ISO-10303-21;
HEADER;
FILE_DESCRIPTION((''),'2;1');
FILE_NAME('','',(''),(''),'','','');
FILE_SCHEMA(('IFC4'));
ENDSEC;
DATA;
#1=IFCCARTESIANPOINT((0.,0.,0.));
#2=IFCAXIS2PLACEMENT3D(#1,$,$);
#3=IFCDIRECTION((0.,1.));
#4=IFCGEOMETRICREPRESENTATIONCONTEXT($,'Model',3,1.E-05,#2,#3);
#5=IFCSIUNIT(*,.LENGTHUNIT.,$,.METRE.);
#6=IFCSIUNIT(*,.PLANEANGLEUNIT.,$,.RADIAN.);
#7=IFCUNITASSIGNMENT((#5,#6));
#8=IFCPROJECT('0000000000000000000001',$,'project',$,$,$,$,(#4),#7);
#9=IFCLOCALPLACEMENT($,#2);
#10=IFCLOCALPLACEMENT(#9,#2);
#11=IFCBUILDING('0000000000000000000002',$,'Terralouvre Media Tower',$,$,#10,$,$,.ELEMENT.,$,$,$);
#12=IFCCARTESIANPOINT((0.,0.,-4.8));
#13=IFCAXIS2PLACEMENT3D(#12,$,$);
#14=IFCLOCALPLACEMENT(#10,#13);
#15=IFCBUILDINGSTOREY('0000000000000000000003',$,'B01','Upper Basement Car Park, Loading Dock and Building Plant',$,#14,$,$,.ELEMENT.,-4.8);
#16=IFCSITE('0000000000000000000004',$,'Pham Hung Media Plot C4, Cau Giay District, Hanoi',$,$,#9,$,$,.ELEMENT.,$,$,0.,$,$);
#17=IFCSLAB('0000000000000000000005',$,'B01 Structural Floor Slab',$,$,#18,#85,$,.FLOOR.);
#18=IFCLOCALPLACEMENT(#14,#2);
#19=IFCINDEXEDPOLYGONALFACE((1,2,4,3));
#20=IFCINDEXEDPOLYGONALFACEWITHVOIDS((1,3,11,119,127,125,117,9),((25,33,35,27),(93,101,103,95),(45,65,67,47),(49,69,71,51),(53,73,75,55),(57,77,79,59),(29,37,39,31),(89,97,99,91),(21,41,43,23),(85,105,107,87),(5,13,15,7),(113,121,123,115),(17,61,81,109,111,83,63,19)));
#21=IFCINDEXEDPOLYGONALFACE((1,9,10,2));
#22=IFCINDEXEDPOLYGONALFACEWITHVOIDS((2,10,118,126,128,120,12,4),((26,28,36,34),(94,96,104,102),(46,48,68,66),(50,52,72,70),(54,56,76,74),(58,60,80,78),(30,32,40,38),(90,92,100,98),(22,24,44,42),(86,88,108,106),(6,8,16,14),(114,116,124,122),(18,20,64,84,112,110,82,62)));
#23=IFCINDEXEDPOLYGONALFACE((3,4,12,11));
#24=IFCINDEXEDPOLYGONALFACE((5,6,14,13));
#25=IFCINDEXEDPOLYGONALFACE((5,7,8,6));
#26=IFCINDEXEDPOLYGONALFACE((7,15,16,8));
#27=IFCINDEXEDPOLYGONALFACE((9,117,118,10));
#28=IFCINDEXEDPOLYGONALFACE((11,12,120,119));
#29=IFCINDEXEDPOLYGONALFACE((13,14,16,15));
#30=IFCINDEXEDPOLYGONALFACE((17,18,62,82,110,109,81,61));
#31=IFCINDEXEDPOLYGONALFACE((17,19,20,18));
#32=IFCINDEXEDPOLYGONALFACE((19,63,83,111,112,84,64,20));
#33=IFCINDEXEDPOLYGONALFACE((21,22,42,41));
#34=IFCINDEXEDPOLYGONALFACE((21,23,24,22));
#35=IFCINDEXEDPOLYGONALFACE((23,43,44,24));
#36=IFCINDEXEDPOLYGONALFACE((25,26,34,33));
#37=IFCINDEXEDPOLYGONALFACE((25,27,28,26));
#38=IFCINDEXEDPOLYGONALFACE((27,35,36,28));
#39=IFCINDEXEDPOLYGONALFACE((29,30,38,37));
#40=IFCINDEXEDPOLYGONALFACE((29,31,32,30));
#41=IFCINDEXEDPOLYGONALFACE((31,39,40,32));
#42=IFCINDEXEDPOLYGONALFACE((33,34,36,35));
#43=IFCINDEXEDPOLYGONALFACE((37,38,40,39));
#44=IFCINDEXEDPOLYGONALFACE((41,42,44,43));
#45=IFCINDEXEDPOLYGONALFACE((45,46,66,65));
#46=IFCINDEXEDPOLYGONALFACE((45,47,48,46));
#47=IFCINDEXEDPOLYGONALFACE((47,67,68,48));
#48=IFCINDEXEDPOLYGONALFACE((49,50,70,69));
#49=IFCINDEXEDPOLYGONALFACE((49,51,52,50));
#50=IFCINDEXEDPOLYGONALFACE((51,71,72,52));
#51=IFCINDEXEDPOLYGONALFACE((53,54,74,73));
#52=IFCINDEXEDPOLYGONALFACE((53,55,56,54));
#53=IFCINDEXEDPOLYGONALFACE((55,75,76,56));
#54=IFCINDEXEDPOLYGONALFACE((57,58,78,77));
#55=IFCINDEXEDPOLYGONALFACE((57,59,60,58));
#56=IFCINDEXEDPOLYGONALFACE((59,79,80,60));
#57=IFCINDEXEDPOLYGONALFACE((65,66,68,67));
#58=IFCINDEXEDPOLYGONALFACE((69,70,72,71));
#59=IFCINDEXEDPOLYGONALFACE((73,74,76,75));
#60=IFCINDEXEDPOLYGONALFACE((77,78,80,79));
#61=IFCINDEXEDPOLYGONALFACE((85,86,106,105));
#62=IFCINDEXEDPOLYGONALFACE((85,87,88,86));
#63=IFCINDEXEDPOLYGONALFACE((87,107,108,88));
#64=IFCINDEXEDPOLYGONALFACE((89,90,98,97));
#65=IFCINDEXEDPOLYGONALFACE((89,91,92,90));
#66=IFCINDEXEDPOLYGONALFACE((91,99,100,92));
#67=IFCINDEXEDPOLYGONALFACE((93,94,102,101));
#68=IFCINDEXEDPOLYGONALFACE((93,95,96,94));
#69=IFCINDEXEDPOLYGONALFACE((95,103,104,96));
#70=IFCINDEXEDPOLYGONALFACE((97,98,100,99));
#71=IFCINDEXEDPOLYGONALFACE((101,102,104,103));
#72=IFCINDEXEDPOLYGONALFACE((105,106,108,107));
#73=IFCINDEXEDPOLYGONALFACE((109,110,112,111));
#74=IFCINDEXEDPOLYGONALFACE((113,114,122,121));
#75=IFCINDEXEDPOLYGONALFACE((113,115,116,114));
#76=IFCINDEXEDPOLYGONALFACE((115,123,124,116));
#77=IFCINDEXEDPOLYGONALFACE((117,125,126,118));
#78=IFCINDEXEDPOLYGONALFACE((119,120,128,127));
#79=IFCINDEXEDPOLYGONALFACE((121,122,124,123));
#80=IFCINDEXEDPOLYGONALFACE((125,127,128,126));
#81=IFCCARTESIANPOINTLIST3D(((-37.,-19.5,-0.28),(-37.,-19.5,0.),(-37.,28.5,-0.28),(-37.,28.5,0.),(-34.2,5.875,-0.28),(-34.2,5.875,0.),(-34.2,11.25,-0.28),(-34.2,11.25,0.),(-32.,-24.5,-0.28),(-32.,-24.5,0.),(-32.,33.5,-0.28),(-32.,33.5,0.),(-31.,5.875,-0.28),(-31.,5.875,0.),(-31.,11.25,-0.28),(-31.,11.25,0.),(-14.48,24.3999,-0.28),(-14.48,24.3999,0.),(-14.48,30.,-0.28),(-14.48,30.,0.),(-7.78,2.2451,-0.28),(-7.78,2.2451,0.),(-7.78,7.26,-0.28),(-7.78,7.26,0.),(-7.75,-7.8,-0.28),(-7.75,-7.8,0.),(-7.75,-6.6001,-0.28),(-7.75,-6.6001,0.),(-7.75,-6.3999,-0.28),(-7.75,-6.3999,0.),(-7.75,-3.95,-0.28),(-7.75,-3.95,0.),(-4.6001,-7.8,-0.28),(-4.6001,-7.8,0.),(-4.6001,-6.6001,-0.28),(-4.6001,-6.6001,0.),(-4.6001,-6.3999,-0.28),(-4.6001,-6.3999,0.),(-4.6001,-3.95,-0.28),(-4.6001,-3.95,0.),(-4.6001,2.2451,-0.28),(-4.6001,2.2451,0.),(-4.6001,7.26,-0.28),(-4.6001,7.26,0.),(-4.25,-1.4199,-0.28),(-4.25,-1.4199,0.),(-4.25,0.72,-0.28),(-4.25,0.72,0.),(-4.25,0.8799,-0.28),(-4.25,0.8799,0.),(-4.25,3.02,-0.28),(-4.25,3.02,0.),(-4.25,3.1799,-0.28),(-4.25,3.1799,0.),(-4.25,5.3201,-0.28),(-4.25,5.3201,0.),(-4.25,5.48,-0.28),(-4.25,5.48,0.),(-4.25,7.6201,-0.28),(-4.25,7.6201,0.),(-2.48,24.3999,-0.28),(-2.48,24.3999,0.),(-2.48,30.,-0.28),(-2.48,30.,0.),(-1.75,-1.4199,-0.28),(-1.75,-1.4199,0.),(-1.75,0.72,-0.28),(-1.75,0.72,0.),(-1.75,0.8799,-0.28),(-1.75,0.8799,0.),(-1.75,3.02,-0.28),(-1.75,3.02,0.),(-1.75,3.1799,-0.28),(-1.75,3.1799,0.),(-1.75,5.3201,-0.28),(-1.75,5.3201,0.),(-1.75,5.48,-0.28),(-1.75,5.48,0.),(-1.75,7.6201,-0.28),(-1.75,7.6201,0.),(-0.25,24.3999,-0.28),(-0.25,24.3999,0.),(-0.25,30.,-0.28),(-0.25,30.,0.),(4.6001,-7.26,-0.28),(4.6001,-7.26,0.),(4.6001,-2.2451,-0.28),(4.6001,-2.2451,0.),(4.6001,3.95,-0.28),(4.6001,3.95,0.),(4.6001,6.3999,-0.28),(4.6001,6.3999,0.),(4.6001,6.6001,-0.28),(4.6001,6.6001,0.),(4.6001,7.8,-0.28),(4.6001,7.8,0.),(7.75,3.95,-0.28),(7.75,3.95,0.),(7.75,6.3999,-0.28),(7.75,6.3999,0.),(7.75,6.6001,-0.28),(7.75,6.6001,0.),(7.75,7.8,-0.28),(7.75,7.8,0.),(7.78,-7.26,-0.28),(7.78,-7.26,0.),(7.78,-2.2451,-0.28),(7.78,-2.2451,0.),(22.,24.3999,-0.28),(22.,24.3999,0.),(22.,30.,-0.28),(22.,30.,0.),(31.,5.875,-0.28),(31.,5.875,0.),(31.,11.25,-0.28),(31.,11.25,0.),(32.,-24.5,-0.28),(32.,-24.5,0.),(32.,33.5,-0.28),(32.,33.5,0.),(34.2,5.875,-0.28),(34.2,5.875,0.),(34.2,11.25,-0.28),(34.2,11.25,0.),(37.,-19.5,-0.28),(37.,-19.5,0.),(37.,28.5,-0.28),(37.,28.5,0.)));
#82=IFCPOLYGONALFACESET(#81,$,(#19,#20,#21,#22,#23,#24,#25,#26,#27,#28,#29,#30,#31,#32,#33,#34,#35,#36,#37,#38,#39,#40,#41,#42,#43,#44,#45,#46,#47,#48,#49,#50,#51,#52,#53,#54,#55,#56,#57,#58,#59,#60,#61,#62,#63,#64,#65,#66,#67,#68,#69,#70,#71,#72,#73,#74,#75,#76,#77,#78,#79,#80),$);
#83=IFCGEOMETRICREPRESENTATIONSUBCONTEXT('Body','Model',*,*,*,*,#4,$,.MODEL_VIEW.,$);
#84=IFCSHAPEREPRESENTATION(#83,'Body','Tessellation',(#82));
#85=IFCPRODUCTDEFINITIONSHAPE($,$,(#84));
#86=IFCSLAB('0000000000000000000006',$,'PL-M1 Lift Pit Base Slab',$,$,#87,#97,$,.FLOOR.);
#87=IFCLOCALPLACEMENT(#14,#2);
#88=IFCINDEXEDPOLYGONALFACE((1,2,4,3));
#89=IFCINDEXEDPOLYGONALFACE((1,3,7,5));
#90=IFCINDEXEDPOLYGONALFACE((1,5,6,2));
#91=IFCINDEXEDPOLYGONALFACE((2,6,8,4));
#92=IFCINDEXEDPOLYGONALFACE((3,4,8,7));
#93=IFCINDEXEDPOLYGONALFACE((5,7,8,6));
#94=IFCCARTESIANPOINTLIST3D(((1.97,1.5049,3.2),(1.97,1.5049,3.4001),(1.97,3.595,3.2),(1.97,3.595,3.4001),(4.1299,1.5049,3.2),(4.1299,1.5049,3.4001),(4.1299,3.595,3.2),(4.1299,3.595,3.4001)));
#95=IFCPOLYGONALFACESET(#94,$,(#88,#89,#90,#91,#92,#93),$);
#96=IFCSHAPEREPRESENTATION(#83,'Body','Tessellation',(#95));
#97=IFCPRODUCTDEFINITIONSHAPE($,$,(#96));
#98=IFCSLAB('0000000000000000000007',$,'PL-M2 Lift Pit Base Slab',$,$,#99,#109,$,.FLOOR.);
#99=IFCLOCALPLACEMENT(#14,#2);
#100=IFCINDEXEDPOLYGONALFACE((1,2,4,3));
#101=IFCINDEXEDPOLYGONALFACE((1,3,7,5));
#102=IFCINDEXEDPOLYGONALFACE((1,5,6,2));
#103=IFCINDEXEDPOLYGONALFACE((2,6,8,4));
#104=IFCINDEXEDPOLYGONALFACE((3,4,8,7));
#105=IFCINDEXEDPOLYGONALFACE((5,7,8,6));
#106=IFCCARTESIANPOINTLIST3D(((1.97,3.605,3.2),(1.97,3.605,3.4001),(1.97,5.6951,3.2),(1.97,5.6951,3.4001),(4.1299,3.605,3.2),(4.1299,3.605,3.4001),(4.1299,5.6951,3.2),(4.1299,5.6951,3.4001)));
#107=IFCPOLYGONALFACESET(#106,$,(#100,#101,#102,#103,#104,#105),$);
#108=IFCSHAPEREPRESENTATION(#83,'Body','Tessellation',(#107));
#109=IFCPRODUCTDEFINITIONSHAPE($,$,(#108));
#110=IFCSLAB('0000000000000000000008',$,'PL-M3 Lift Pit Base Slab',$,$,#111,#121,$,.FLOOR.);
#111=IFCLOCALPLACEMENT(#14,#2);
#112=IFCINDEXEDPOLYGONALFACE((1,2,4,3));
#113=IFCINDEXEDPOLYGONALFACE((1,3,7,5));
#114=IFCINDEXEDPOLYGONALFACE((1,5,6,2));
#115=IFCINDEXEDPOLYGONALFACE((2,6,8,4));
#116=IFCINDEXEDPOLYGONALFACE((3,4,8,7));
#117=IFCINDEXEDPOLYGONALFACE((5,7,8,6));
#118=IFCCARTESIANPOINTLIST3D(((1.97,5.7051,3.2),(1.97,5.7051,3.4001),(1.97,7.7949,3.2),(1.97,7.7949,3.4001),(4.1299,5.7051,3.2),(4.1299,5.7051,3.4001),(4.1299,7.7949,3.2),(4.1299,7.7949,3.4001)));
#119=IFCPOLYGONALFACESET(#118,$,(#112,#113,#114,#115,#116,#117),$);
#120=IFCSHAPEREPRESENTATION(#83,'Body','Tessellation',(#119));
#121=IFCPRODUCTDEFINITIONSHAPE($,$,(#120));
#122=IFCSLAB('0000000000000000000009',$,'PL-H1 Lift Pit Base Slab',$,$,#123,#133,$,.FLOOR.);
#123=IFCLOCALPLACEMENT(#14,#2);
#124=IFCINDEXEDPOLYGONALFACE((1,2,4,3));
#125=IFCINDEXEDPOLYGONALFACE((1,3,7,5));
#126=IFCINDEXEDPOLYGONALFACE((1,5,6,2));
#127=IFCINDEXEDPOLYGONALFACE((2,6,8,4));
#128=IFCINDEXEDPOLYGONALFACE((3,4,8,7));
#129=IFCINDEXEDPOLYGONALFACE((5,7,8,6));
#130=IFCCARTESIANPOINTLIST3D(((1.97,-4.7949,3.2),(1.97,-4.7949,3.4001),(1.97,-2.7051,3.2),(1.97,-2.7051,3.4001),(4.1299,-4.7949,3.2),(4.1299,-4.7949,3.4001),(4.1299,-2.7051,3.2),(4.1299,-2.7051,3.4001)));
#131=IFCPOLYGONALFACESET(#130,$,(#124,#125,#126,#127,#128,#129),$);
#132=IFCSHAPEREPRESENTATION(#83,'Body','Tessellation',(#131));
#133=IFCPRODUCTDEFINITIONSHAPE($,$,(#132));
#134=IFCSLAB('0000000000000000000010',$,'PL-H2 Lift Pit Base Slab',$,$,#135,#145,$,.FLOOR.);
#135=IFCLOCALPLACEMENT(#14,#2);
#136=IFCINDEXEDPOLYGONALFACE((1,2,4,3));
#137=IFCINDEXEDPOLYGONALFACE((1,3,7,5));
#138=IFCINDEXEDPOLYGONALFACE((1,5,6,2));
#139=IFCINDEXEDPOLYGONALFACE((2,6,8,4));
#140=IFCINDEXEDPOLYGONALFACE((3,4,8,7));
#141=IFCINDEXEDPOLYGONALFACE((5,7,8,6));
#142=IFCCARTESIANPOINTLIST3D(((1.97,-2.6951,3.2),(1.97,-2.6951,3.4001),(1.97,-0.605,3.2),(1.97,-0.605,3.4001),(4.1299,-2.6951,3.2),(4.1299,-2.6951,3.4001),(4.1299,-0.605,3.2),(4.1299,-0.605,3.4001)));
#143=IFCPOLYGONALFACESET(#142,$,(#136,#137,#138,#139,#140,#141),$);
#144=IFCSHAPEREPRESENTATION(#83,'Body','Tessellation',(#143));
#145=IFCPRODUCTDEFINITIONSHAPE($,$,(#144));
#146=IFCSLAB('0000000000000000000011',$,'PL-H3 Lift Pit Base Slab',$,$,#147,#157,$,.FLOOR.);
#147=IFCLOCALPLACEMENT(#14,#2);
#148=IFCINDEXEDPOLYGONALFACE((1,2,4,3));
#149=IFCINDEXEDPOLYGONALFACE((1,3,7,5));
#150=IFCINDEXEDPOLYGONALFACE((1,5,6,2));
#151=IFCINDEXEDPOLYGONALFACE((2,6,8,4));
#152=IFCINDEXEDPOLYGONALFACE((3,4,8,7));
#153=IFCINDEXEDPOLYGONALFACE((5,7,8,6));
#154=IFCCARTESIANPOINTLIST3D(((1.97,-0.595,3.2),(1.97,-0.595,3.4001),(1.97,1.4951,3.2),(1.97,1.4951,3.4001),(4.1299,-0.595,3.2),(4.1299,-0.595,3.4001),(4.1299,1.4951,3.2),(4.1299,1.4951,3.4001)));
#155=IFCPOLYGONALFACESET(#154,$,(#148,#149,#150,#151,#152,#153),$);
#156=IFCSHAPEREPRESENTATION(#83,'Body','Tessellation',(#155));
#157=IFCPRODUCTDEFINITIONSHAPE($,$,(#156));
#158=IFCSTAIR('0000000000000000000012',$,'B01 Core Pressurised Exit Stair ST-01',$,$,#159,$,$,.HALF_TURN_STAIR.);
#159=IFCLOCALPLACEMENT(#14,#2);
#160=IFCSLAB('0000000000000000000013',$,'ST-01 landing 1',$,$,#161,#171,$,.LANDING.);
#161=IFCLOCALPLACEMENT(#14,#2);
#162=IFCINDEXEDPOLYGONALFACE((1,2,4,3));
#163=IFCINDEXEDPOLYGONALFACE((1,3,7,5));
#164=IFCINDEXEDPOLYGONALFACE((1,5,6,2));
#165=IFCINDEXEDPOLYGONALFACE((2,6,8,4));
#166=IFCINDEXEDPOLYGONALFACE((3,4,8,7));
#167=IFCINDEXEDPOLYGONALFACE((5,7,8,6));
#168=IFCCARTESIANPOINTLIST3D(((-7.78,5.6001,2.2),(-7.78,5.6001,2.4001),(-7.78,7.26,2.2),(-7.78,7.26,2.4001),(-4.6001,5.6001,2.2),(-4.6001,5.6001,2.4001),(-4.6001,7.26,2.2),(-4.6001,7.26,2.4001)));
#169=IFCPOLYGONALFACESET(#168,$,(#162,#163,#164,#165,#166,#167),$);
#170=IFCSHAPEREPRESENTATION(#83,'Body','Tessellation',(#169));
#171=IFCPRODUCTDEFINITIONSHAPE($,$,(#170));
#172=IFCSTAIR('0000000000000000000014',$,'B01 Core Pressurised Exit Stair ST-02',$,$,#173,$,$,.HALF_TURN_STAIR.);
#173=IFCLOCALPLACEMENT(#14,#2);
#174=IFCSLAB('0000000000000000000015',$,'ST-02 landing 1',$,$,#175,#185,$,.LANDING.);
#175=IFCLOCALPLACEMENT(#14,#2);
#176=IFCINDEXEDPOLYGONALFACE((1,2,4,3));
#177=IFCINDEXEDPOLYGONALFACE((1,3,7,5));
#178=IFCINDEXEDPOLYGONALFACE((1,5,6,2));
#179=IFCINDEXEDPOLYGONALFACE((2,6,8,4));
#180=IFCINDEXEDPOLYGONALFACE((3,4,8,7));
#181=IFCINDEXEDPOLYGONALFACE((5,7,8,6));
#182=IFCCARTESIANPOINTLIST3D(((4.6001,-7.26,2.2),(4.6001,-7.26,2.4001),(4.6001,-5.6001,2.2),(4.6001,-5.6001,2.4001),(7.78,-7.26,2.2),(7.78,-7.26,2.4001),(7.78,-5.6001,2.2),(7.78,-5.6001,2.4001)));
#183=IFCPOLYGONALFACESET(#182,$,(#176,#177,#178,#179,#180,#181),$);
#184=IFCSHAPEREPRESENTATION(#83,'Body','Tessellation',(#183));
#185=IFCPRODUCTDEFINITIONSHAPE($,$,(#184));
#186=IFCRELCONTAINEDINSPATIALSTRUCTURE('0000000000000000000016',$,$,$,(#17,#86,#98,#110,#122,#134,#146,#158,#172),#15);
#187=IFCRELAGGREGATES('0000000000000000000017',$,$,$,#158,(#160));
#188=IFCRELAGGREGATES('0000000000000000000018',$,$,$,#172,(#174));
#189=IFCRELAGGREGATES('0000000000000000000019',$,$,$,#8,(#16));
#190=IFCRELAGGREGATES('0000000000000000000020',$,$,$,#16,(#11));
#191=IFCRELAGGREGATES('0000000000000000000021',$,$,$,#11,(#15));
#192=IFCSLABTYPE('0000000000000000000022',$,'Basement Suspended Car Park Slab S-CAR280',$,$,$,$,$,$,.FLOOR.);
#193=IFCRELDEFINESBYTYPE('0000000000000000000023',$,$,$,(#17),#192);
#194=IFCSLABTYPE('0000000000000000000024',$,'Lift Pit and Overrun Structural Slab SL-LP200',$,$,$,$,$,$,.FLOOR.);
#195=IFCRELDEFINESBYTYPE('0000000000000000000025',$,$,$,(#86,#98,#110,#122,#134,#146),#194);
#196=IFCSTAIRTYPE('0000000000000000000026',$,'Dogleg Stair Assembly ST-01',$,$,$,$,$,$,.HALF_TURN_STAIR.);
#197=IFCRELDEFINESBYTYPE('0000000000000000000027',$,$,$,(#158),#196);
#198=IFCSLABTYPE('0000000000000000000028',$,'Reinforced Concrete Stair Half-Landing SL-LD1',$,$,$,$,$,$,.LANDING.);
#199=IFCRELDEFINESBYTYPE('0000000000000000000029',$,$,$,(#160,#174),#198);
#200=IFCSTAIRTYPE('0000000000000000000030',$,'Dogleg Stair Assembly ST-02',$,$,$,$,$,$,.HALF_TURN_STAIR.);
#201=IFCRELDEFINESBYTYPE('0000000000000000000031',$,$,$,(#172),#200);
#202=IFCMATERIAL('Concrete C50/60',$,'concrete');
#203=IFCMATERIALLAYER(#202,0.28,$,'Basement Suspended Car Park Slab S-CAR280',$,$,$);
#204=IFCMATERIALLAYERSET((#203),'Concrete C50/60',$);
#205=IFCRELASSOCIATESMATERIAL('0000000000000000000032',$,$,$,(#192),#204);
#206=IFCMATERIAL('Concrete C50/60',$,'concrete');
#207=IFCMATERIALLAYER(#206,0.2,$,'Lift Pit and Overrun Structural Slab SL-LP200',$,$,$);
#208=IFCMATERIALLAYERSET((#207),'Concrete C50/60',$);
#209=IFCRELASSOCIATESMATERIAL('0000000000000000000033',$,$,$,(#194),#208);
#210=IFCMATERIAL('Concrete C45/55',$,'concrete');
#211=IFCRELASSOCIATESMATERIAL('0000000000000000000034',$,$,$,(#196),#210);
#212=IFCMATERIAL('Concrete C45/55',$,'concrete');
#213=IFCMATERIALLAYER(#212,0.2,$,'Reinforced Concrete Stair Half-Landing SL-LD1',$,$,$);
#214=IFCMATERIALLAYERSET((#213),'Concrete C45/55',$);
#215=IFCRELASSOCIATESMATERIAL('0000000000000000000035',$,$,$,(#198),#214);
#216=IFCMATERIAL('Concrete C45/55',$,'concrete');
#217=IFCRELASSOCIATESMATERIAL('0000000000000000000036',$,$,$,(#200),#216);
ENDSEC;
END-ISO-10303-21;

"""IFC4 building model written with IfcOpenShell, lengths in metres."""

from ifc_helpers import new_model, si_unit, direction, frame, origin, place, context, subcontext, project, spatial, polyline, outline, extrude, material, layer, layer_set, type_object, element, aggregate, save


model = new_model("IFC4")

# Units and contexts
model_context = context("Model", 3, precision=1e-05, world=origin(), true_north=direction((0.0, 1.0)))
body_context = subcontext(model_context, "Body", "Model", "MODEL_VIEW")
ifc_project = project(units=[si_unit("LENGTHUNIT", "METRE"), si_unit("PLANEANGLEUNIT", "RADIAN")], contexts=[model_context])

# Site, building, storey
site_placement = place(None, origin())
site = spatial("IfcSite", under=ifc_project, at=site_placement, Name="Pham Hung Media Plot C4, Cau Giay District, Hanoi", CompositionType="ELEMENT", RefElevation=0.0)
building_placement = place(site_placement, origin())
building = spatial("IfcBuilding", under=site, at=building_placement, Name="Terralouvre Media Tower", CompositionType="ELEMENT")
storey_placement = place(building_placement, frame((0.0, 0.0, -4.8)))
storey = spatial("IfcBuildingStorey", under=building, at=storey_placement, Name="B01", Description="Upper Basement Car Park, Loading Dock and Building Plant", CompositionType="ELEMENT", Elevation=-4.8)

# Slabs
ifc_material_1 = material(Name="Concrete C50/60", Category="concrete")
ifc_layer_1 = layer(ifc_material_1, 0.28, Name="Basement Suspended Car Park Slab S-CAR280")
ifc_layer_set_1 = layer_set([ifc_layer_1], Name="Concrete C50/60")
slab_type_1 = type_object("IfcSlabType", Name="Basement Suspended Car Park Slab S-CAR280", PredefinedType="FLOOR", material=ifc_layer_set_1)
slab_1_placement = place(storey_placement, frame((0.0, 0.0, -0.28)))
element("IfcSlab", 1, at=slab_1_placement, inside=storey, type_object=slab_type_1, Name="B01 Structural Floor Slab", PredefinedType="FLOOR", context=body_context, shape_type="SweptSolid", body=[
    extrude(outline(polyline([(-32.0, -24.5), (32.0, -24.5), (37.0, -19.5), (37.0, 28.5), (32.0, 33.5), (-32.0, 33.5), (-37.0, 28.5), (-37.0, -19.5), (-32.0, -24.5)]), holes=[polyline([(-4.6001, -6.6001), (-4.6001, -7.8), (-7.75, -7.8), (-7.75, -6.6001), (-4.6001, -6.6001)]), polyline([(-4.6001, -6.3999), (-7.75, -6.3999), (-7.75, -3.95), (-4.6001, -3.95), (-4.6001, -6.3999)]), polyline([(-1.75, -1.4199), (-4.25, -1.4199), (-4.25, 0.72), (-1.75, 0.72), (-1.75, -1.4199)]), polyline([(-1.75, 0.8799), (-4.25, 0.8799), (-4.25, 3.02), (-1.75, 3.02), (-1.75, 0.8799)]), polyline([(-1.75, 3.1799), (-4.25, 3.1799), (-4.25, 5.3201), (-1.75, 5.3201), (-1.75, 3.1799)]), polyline([(-4.6001, 2.2451), (-7.78, 2.2451), (-7.78, 7.26), (-4.6001, 7.26), (-4.6001, 2.2451)]), polyline([(-31.0, 5.875), (-34.2, 5.875), (-34.2, 11.25), (-31.0, 11.25), (-31.0, 5.875)]), polyline([(4.6001, -7.26), (4.6001, -2.2451), (7.78, -2.2451), (7.78, -7.26), (4.6001, -7.26)]), polyline([(7.75, 3.95), (4.6001, 3.95), (4.6001, 6.3999), (7.75, 6.3999), (7.75, 3.95)]), polyline([(-1.75, 5.48), (-4.25, 5.48), (-4.25, 7.6201), (-1.75, 7.6201), (-1.75, 5.48)]), polyline([(7.75, 6.6001), (4.6001, 6.6001), (4.6001, 7.8), (7.75, 7.8), (7.75, 6.6001)]), polyline([(34.2, 5.875), (31.0, 5.875), (31.0, 11.25), (34.2, 11.25), (34.2, 5.875)]), polyline([(-0.25, 24.3999), (-2.48, 24.3999), (-14.48, 24.3999), (-14.48, 30.0), (-2.48, 30.0), (-0.25, 30.0), (22.0, 30.0), (22.0, 24.3999), (-0.25, 24.3999)])]), origin(), (0.0, 0.0, 1.0), 0.28),
])
ifc_material_2 = material(Name="Concrete C50/60", Category="concrete")
ifc_layer_2 = layer(ifc_material_2, 0.2, Name="Lift Pit and Overrun Structural Slab SL-LP200")
ifc_layer_set_2 = layer_set([ifc_layer_2], Name="Concrete C50/60")
slab_type_2 = type_object("IfcSlabType", Name="Lift Pit and Overrun Structural Slab SL-LP200", PredefinedType="FLOOR", material=ifc_layer_set_2)
slab_2_placement = place(storey_placement, frame((0.0, 0.0, 3.2)))
element("IfcSlab", 2, at=slab_2_placement, inside=storey, type_object=slab_type_2, Name="PL-M1 Lift Pit Base Slab", PredefinedType="FLOOR", context=body_context, shape_type="SweptSolid", body=[
    extrude(outline(polyline([(1.97, 1.5049), (4.1299, 1.5049), (4.1299, 3.595), (1.97, 3.595), (1.97, 1.5049)])), origin(), (0.0, 0.0, 1.0), 0.2002),
])
slab_3_placement = place(storey_placement, frame((0.0, 0.0, 3.2)))
element("IfcSlab", 3, at=slab_3_placement, inside=storey, type_object=slab_type_2, Name="PL-M2 Lift Pit Base Slab", PredefinedType="FLOOR", context=body_context, shape_type="SweptSolid", body=[
    extrude(outline(polyline([(1.97, 3.605), (4.1299, 3.605), (4.1299, 5.6951), (1.97, 5.6951), (1.97, 3.605)])), origin(), (0.0, 0.0, 1.0), 0.2002),
])
slab_4_placement = place(storey_placement, frame((0.0, 0.0, 3.2)))
element("IfcSlab", 4, at=slab_4_placement, inside=storey, type_object=slab_type_2, Name="PL-M3 Lift Pit Base Slab", PredefinedType="FLOOR", context=body_context, shape_type="SweptSolid", body=[
    extrude(outline(polyline([(1.97, 5.7051), (4.1299, 5.7051), (4.1299, 7.7949), (1.97, 7.7949), (1.97, 5.7051)])), origin(), (0.0, 0.0, 1.0), 0.2002),
])
slab_5_placement = place(storey_placement, frame((0.0, 0.0, 3.2)))
element("IfcSlab", 5, at=slab_5_placement, inside=storey, type_object=slab_type_2, Name="PL-H1 Lift Pit Base Slab", PredefinedType="FLOOR", context=body_context, shape_type="SweptSolid", body=[
    extrude(outline(polyline([(1.97, -4.7949), (4.1299, -4.7949), (4.1299, -2.7051), (1.97, -2.7051), (1.97, -4.7949)])), origin(), (0.0, 0.0, 1.0), 0.2002),
])
slab_6_placement = place(storey_placement, frame((0.0, 0.0, 3.2)))
element("IfcSlab", 6, at=slab_6_placement, inside=storey, type_object=slab_type_2, Name="PL-H2 Lift Pit Base Slab", PredefinedType="FLOOR", context=body_context, shape_type="SweptSolid", body=[
    extrude(outline(polyline([(1.97, -2.6951), (4.1299, -2.6951), (4.1299, -0.605), (1.97, -0.605), (1.97, -2.6951)])), origin(), (0.0, 0.0, 1.0), 0.2002),
])
slab_7_placement = place(storey_placement, frame((0.0, 0.0, 3.2)))
element("IfcSlab", 7, at=slab_7_placement, inside=storey, type_object=slab_type_2, Name="PL-H3 Lift Pit Base Slab", PredefinedType="FLOOR", context=body_context, shape_type="SweptSolid", body=[
    extrude(outline(polyline([(1.97, -0.595), (4.1299, -0.595), (4.1299, 1.4951), (1.97, 1.4951), (1.97, -0.595)])), origin(), (0.0, 0.0, 1.0), 0.2002),
])

# Stairs, slabs
ifc_material_3 = material(Name="Concrete C45/55", Category="concrete")
stair_type_1 = type_object("IfcStairType", Name="Dogleg Stair Assembly ST-01", PredefinedType="HALF_TURN_STAIR", material=ifc_material_3)
stair_1_placement = place(storey_placement, origin())
stair_1 = element("IfcStair", 8, at=stair_1_placement, inside=storey, type_object=stair_type_1, Name="B01 Core Pressurised Exit Stair ST-01", PredefinedType="HALF_TURN_STAIR")
ifc_material_4 = material(Name="Concrete C45/55", Category="concrete")
ifc_layer_3 = layer(ifc_material_4, 0.2, Name="Reinforced Concrete Stair Half-Landing SL-LD1")
ifc_layer_set_3 = layer_set([ifc_layer_3], Name="Concrete C45/55")
slab_type_3 = type_object("IfcSlabType", Name="Reinforced Concrete Stair Half-Landing SL-LD1", PredefinedType="LANDING", material=ifc_layer_set_3)
slab_8_placement = place(storey_placement, frame((0.0, 0.0, 2.2)))
slab_8 = element("IfcSlab", 9, at=slab_8_placement, type_object=slab_type_3, Name="ST-01 landing 1", PredefinedType="LANDING", context=body_context, shape_type="SweptSolid", body=[
    extrude(outline(polyline([(-4.6001, 5.6001), (-4.6001, 7.26), (-7.78, 7.26), (-7.78, 5.6001), (-4.6001, 5.6001)])), origin(), (0.0, 0.0, 1.0), 0.2002),
])
aggregate(stair_1, [slab_8])
ifc_material_5 = material(Name="Concrete C45/55", Category="concrete")
stair_type_2 = type_object("IfcStairType", Name="Dogleg Stair Assembly ST-02", PredefinedType="HALF_TURN_STAIR", material=ifc_material_5)
stair_2_placement = place(storey_placement, origin())
stair_2 = element("IfcStair", 10, at=stair_2_placement, inside=storey, type_object=stair_type_2, Name="B01 Core Pressurised Exit Stair ST-02", PredefinedType="HALF_TURN_STAIR")
slab_9_placement = place(storey_placement, frame((0.0, 0.0, 2.2)))
slab_9 = element("IfcSlab", 11, at=slab_9_placement, type_object=slab_type_3, Name="ST-02 landing 1", PredefinedType="LANDING", context=body_context, shape_type="SweptSolid", body=[
    extrude(outline(polyline([(4.6001, -5.6001), (4.6001, -7.26), (7.78, -7.26), (7.78, -5.6001), (4.6001, -5.6001)])), origin(), (0.0, 0.0, 1.0), 0.2002),
])

aggregate(stair_2, [slab_9])

save(model, "model.ifc")
